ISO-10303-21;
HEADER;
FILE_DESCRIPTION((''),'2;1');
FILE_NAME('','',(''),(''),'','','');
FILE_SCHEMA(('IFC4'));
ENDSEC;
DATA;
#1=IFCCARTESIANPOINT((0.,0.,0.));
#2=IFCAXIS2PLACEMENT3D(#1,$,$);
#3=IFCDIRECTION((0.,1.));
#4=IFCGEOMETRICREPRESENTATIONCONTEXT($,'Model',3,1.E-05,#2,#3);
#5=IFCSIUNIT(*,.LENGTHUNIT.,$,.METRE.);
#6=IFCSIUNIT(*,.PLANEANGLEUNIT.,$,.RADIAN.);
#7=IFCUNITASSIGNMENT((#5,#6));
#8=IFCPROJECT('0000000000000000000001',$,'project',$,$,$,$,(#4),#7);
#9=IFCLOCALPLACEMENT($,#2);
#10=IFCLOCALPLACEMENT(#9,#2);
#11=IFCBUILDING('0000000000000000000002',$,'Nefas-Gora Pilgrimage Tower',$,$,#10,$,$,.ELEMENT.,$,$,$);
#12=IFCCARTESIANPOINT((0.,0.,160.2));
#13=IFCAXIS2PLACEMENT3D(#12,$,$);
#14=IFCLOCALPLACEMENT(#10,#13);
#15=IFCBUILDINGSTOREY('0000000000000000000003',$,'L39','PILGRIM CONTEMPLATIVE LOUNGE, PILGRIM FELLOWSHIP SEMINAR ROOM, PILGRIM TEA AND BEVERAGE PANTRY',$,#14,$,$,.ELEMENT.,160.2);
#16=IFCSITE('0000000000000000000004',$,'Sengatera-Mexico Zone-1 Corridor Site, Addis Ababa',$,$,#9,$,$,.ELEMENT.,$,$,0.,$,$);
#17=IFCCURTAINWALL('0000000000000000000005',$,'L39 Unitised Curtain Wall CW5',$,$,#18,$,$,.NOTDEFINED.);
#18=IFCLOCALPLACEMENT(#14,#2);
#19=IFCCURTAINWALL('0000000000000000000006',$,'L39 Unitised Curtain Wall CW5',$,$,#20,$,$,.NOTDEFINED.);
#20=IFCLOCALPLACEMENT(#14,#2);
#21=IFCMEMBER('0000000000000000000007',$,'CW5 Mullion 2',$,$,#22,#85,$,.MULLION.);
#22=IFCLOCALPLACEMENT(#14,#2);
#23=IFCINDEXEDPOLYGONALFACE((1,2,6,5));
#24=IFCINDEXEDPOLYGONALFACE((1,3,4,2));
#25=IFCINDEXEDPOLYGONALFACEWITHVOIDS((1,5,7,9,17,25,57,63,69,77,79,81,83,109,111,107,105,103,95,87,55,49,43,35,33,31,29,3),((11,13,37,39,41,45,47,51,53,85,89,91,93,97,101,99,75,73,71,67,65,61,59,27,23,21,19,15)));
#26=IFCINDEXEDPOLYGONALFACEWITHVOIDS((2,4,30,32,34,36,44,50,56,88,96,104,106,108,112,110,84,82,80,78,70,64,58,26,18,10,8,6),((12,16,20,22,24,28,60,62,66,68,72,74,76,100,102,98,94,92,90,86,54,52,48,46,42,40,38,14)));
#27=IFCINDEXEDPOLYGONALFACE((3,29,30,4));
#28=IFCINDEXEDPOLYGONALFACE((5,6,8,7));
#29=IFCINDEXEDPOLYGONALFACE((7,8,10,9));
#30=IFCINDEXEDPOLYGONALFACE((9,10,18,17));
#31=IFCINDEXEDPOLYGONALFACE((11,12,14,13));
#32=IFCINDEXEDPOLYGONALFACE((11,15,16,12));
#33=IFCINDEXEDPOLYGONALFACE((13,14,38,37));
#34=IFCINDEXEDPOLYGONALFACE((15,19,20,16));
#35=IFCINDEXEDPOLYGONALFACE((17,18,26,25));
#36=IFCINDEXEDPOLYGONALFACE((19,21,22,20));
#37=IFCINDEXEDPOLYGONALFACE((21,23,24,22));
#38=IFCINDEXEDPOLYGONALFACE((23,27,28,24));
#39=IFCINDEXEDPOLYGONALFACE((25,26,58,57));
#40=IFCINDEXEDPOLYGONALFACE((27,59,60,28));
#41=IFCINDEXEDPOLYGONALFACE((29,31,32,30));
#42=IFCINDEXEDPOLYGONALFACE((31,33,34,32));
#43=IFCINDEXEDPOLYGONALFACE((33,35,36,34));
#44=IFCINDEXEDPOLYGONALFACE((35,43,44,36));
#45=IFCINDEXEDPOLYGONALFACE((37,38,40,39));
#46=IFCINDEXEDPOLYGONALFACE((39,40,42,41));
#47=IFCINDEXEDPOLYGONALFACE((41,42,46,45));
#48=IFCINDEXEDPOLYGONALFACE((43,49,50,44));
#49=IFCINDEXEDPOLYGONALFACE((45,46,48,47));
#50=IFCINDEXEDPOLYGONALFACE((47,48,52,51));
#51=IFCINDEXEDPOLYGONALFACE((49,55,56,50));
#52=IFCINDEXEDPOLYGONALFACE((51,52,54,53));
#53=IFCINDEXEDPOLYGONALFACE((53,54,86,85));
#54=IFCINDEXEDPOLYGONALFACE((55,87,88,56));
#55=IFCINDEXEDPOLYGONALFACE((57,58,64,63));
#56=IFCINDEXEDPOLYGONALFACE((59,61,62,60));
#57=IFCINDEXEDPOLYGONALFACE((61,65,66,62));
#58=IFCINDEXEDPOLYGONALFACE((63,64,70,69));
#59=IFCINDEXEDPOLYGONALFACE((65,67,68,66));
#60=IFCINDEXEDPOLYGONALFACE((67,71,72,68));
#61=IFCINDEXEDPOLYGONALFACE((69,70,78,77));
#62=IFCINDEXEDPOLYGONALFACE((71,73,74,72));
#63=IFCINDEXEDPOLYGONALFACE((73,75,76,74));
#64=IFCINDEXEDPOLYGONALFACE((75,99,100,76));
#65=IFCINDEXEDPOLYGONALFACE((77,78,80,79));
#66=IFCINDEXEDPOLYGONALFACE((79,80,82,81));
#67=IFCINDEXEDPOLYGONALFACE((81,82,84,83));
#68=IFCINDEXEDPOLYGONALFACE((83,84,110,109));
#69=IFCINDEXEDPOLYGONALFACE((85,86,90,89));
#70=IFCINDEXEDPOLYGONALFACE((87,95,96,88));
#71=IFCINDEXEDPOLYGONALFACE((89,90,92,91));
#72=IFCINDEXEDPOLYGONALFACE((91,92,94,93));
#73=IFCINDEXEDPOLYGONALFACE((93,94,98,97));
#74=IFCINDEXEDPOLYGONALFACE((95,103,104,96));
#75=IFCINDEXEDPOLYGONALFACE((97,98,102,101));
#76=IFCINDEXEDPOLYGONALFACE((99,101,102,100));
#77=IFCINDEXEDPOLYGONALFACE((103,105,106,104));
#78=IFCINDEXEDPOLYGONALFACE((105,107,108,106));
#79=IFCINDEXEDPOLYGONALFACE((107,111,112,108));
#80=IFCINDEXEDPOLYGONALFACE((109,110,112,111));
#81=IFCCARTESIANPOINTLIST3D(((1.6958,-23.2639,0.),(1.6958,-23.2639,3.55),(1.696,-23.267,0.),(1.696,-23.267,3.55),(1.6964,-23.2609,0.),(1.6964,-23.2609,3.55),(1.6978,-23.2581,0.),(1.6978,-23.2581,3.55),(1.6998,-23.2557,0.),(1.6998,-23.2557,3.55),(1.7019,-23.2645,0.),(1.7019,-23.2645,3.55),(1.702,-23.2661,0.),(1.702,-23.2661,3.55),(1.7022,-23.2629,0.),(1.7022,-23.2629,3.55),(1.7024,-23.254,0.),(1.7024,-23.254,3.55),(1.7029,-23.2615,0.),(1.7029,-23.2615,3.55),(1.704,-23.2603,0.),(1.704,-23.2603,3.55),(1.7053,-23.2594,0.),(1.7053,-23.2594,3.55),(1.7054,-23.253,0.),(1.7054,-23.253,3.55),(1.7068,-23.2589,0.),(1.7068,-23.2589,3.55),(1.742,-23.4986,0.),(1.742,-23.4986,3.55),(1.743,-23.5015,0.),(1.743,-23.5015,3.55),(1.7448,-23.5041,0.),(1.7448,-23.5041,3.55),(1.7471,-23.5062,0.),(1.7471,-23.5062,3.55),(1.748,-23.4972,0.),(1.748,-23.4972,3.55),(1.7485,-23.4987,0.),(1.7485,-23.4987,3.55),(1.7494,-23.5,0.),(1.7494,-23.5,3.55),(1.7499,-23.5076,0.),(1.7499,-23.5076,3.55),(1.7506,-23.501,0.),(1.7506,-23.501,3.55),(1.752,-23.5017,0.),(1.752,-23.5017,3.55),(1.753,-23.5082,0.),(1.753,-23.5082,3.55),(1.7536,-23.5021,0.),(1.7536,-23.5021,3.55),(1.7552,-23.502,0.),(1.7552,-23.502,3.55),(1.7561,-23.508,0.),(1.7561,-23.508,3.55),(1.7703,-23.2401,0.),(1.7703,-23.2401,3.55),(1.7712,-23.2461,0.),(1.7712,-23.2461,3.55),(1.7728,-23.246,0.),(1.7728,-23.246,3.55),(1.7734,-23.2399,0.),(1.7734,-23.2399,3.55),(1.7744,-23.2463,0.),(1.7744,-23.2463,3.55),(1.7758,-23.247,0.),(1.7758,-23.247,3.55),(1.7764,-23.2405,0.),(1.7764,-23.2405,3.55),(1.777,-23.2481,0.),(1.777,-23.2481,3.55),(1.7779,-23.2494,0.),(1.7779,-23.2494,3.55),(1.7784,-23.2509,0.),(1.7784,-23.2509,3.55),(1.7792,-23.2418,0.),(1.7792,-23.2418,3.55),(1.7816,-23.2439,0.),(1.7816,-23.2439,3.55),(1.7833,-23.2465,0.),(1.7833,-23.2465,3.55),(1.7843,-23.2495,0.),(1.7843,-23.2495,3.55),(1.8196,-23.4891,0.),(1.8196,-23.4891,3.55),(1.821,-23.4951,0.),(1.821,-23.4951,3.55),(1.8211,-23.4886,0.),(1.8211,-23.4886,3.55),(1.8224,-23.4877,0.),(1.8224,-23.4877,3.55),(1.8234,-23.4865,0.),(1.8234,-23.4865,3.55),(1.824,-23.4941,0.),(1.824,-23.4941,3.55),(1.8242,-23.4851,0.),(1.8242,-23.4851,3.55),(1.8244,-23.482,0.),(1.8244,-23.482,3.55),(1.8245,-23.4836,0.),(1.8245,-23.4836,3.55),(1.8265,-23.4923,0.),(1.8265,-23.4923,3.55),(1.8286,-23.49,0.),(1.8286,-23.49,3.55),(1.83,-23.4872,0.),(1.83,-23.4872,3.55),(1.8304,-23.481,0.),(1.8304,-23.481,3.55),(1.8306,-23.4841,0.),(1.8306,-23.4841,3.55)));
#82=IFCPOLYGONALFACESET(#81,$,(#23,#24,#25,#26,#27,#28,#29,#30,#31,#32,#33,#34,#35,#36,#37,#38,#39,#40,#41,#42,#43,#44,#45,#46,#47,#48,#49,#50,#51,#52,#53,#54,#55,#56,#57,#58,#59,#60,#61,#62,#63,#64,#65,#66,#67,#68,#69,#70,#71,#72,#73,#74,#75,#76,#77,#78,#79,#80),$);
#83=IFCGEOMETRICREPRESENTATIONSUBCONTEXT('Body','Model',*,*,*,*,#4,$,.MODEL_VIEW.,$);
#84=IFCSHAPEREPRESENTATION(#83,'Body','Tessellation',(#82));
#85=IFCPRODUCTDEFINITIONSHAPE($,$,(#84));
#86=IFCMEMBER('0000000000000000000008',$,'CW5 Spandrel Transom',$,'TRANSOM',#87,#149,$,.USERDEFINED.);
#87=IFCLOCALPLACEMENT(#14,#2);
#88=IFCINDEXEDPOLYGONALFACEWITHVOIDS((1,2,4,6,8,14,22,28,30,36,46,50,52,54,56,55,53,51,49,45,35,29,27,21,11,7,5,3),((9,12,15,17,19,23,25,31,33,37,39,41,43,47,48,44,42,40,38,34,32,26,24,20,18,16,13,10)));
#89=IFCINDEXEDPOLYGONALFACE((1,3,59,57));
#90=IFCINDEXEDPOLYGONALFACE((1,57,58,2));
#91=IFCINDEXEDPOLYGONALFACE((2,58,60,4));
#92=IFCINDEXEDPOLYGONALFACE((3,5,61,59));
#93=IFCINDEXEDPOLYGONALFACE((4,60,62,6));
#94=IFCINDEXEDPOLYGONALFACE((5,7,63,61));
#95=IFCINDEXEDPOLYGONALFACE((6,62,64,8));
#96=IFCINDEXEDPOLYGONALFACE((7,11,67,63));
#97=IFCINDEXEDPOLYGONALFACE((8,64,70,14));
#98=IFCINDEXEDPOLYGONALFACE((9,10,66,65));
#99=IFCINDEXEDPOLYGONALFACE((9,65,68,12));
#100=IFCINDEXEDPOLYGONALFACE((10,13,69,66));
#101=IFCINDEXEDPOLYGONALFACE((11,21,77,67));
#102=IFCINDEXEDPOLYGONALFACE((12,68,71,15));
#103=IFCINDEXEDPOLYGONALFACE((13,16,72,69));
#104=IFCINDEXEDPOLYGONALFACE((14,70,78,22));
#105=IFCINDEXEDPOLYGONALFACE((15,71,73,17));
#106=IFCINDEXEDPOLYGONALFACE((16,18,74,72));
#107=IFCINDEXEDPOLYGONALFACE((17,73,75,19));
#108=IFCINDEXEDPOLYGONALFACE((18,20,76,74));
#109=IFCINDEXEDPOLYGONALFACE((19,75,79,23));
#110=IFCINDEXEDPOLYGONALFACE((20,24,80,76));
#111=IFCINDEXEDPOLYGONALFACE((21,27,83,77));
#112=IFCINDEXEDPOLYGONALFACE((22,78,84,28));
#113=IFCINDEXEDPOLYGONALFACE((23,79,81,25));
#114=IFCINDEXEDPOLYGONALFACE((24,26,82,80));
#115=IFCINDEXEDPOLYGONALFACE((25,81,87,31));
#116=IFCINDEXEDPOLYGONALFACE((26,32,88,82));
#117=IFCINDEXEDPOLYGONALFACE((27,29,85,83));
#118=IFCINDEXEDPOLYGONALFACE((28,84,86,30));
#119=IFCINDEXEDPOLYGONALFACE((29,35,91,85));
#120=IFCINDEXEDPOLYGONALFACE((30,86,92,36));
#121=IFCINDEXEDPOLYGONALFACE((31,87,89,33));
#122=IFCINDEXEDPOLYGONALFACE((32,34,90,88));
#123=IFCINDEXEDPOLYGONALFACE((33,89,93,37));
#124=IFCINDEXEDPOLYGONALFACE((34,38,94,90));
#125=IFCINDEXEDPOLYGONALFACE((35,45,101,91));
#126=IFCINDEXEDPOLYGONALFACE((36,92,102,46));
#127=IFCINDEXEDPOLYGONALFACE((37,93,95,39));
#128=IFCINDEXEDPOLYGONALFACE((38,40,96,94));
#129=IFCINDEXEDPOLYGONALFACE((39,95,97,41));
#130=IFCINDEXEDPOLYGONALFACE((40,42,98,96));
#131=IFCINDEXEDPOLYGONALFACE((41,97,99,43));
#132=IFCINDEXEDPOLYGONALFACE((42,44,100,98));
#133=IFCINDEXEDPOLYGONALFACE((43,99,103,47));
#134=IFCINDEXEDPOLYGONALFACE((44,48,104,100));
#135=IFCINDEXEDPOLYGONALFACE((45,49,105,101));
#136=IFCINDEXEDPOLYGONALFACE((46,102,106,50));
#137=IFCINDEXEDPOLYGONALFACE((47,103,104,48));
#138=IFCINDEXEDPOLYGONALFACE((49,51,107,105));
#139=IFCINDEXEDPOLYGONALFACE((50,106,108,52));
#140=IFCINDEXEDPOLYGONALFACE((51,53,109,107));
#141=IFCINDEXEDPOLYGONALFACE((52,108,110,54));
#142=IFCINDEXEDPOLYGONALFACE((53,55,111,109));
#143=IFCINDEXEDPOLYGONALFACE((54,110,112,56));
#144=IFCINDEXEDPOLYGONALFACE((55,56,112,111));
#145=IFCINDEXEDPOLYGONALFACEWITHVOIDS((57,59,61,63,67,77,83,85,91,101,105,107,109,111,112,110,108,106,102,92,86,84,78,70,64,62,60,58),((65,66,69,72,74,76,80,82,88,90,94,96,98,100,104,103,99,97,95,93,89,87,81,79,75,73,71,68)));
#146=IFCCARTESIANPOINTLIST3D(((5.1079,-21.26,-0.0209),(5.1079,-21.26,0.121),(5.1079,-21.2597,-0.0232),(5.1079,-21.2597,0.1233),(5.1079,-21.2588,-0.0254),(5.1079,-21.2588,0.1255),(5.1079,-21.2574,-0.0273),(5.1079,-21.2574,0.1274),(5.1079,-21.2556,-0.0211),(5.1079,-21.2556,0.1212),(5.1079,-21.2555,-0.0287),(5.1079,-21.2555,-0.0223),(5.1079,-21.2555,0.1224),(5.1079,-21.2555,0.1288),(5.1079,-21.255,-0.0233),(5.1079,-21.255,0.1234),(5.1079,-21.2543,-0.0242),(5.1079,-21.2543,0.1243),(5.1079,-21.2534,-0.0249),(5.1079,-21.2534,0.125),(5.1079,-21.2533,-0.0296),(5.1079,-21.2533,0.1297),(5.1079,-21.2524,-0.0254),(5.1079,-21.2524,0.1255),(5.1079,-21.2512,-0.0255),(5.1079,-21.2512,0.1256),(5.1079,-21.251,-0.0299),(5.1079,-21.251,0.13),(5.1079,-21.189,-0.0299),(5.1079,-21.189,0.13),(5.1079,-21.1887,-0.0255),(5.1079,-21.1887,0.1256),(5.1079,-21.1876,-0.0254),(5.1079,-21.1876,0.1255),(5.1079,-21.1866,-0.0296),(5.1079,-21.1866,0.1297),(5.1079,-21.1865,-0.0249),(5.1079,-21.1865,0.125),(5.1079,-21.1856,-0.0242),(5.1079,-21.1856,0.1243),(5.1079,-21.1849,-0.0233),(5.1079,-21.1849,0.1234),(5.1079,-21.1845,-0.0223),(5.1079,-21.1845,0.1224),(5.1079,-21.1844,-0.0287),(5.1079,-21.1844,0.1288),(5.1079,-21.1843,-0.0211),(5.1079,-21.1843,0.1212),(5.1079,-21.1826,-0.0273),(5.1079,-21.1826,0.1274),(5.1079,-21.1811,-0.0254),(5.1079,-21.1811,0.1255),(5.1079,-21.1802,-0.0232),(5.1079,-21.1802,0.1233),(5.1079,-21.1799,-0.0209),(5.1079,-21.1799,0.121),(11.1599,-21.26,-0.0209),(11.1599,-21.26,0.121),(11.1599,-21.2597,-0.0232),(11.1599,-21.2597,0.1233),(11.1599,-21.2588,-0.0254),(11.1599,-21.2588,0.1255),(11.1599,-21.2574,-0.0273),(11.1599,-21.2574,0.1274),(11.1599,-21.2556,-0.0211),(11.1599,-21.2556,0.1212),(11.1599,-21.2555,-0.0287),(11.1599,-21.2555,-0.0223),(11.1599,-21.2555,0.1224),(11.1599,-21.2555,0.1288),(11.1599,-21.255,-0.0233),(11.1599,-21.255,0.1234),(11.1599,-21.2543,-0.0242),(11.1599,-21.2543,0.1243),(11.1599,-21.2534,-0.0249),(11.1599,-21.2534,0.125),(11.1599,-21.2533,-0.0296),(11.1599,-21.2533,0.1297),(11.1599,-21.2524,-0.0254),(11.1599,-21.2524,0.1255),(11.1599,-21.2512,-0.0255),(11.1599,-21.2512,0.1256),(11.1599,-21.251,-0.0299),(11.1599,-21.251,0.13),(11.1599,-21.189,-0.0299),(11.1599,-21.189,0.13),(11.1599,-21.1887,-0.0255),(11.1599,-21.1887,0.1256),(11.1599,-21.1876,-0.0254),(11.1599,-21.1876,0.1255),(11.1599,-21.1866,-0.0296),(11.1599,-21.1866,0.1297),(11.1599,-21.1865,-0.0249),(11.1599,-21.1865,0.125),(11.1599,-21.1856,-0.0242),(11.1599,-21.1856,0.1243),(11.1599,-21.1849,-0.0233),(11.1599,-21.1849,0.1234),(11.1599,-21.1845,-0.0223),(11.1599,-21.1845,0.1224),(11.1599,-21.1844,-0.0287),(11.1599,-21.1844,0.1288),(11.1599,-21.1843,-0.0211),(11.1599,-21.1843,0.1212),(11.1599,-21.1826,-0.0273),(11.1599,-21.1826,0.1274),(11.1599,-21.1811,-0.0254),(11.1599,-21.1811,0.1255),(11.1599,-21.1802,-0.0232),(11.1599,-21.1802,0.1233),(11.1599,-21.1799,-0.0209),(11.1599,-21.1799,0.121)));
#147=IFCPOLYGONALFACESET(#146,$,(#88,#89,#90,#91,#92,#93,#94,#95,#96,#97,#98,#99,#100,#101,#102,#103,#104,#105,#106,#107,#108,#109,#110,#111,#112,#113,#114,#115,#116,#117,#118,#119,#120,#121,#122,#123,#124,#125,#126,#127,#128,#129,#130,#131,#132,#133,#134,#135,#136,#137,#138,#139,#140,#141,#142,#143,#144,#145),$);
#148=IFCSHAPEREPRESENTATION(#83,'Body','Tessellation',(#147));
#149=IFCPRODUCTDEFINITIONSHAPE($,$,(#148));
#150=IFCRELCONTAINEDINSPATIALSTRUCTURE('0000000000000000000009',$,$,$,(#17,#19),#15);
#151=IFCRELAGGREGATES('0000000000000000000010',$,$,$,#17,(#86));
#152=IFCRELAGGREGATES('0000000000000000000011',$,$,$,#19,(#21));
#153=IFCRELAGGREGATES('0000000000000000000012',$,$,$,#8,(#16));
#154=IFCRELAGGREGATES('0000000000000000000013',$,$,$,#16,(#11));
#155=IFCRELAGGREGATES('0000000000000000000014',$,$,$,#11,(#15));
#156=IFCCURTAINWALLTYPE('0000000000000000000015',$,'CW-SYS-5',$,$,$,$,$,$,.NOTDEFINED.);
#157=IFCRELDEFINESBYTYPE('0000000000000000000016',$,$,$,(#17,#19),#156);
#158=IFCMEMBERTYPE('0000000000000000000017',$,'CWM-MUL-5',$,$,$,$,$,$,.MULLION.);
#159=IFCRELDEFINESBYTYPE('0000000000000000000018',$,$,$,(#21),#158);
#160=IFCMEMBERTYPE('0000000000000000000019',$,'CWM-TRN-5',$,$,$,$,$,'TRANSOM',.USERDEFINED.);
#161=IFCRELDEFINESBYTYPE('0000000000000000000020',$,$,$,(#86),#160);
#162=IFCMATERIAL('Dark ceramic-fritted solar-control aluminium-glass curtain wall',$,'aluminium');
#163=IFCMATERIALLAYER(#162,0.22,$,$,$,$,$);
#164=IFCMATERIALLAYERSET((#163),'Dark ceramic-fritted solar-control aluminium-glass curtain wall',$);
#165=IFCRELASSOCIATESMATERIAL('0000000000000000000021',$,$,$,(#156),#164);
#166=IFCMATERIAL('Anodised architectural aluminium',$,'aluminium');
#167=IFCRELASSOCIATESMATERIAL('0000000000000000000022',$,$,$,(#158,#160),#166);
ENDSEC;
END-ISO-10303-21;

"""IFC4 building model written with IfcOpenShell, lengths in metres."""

from ifc_helpers import new_model, si_unit, direction, frame, origin, origin_2d, place, context, subcontext, project, spatial, hollow_rectangle, extrude, source, transform, mapped, material, layer, layer_set, material_profile, profile_set, type_object, element, aggregate, save


model = new_model("IFC4")

# Units and contexts
model_context = context("Model", 3, precision=1e-05, world=origin(), true_north=direction((0.0, 1.0)))
body_context = subcontext(model_context, "Body", "Model", "MODEL_VIEW")
ifc_project = project(units=[si_unit("LENGTHUNIT", "METRE"), si_unit("PLANEANGLEUNIT", "RADIAN")], contexts=[model_context])

# Site, building, storey
site_placement = place(None, origin())
site = spatial("IfcSite", under=ifc_project, at=site_placement, Name="Sengatera-Mexico Zone-1 Corridor Site, Addis Ababa", CompositionType="ELEMENT", RefElevation=0.0)
building_placement = place(site_placement, origin())
building = spatial("IfcBuilding", under=site, at=building_placement, Name="Nefas-Gora Pilgrimage Tower", CompositionType="ELEMENT")
storey_placement = place(building_placement, frame((0.0, 0.0, 160.2)))
storey = spatial("IfcBuildingStorey", under=building, at=storey_placement, Name="L39", Description="PILGRIM CONTEMPLATIVE LOUNGE, PILGRIM FELLOWSHIP SEMINAR ROOM, PILGRIM TEA AND BEVERAGE PANTRY", CompositionType="ELEMENT", Elevation=160.2)

# Curtain wall
ifc_material_1 = material(Name="Dark ceramic-fritted solar-control aluminium-glass curtain wall", Category="aluminium")
ifc_layer_1 = layer(ifc_material_1, 0.22)
ifc_layer_set_1 = layer_set([ifc_layer_1], Name="Dark ceramic-fritted solar-control aluminium-glass curtain wall")
curtain_wall_type = type_object("IfcCurtainWallType", Name="CW-SYS-5", PredefinedType="NOTDEFINED", material=ifc_layer_set_1)
curtain_wall_1_placement = place(storey_placement, origin())
curtain_wall_1 = element("IfcCurtainWall", 1, at=curtain_wall_1_placement, inside=storey, type_object=curtain_wall_type, Name="L39 Unitised Curtain Wall CW5", PredefinedType="NOTDEFINED")
ifc_material_2 = material(Name="Anodised architectural aluminium", Category="aluminium")
ifc_material_profile_1 = material_profile(ifc_material_2, hollow_rectangle(XDim=0.0901, YDim=0.26, WallThickness=0.0061, InnerFilletRadius=0.0061, OuterFilletRadius=0.012, at=origin_2d()), Name="ALU MULLION 90x260")
ifc_profile_set_1 = profile_set([ifc_material_profile_1], Name="Anodised architectural aluminium")
member_type_1 = type_object("IfcMemberType", Name="CWM-MUL-5", PredefinedType="MULLION", material=ifc_profile_set_1)
shared_shape_1 = source(origin(), body_context, "Body", "SweptSolid", [
    extrude(hollow_rectangle(XDim=0.0901, YDim=0.26, WallThickness=0.0061, InnerFilletRadius=0.0061, OuterFilletRadius=0.012, at=origin_2d()), origin(), (0.0, 0.0, 1.0), 3.55),
])

# Curtain wall, member
curtain_wall_2_placement = place(storey_placement, origin())
curtain_wall_2 = element("IfcCurtainWall", 2, at=curtain_wall_2_placement, inside=storey, type_object=curtain_wall_type, Name="L39 Unitised Curtain Wall CW5", PredefinedType="NOTDEFINED")
member_1_placement = place(storey_placement, frame((1.7632, -23.374, 0.0), z_axis=(0.0, 0.0, 1.0), x_axis=(0.980783, 0.195102, 0.0)))
member_1 = element("IfcMember", 3, at=member_1_placement, type_object=member_type_1, Name="CW5 Mullion 2", PredefinedType="MULLION", context=body_context, shape_type="MappedRepresentation", body=[
    mapped(shared_shape_1, transform((0.0, 0.0, 0.0), x_axis=(1.0, 0.0, 0.0), y_axis=(0.0, 1.0, 0.0), z_axis=(0.0, 0.0, 1.0), scale=1.0)),
])

# Member
ifc_material_profile_2 = material_profile(ifc_material_2, hollow_rectangle(XDim=0.0801, YDim=0.1599, WallThickness=0.0044, InnerFilletRadius=0.0044, OuterFilletRadius=0.009, at=origin_2d()), Name="ALU TRANSOM 80x160")
ifc_profile_set_2 = profile_set([ifc_material_profile_2], Name="Anodised architectural aluminium")
member_type_2 = type_object("IfcMemberType", Name="CWM-TRN-5", ElementType="TRANSOM", PredefinedType="USERDEFINED", material=ifc_profile_set_2)
shared_shape_2 = source(origin(), body_context, "Body", "SweptSolid", [
    extrude(hollow_rectangle(XDim=0.0801, YDim=0.1599, WallThickness=0.0044, InnerFilletRadius=0.0044, OuterFilletRadius=0.009, at=origin_2d()), origin(), (0.0, 0.0, 1.0), 6.052),
])
member_2_placement = place(storey_placement, frame((5.1079, -21.22, 0.05), z_axis=(1.0, 0.0, 0.0), x_axis=(0.0, 1.0, 0.0)))
member_2 = element("IfcMember", 4, at=member_2_placement, type_object=member_type_2, Name="CW5 Spandrel Transom", ObjectType="TRANSOM", PredefinedType="USERDEFINED", context=body_context, shape_type="MappedRepresentation", body=[
    mapped(shared_shape_2, transform((0.0, 0.0, 0.0), x_axis=(1.0, 0.0, 0.0), y_axis=(0.0, 1.0, 0.0), z_axis=(0.0, 0.0, 1.0), scale=1.0)),
])

aggregate(curtain_wall_1, [member_2])
aggregate(curtain_wall_2, [member_1])

save(model, "model.ifc")
